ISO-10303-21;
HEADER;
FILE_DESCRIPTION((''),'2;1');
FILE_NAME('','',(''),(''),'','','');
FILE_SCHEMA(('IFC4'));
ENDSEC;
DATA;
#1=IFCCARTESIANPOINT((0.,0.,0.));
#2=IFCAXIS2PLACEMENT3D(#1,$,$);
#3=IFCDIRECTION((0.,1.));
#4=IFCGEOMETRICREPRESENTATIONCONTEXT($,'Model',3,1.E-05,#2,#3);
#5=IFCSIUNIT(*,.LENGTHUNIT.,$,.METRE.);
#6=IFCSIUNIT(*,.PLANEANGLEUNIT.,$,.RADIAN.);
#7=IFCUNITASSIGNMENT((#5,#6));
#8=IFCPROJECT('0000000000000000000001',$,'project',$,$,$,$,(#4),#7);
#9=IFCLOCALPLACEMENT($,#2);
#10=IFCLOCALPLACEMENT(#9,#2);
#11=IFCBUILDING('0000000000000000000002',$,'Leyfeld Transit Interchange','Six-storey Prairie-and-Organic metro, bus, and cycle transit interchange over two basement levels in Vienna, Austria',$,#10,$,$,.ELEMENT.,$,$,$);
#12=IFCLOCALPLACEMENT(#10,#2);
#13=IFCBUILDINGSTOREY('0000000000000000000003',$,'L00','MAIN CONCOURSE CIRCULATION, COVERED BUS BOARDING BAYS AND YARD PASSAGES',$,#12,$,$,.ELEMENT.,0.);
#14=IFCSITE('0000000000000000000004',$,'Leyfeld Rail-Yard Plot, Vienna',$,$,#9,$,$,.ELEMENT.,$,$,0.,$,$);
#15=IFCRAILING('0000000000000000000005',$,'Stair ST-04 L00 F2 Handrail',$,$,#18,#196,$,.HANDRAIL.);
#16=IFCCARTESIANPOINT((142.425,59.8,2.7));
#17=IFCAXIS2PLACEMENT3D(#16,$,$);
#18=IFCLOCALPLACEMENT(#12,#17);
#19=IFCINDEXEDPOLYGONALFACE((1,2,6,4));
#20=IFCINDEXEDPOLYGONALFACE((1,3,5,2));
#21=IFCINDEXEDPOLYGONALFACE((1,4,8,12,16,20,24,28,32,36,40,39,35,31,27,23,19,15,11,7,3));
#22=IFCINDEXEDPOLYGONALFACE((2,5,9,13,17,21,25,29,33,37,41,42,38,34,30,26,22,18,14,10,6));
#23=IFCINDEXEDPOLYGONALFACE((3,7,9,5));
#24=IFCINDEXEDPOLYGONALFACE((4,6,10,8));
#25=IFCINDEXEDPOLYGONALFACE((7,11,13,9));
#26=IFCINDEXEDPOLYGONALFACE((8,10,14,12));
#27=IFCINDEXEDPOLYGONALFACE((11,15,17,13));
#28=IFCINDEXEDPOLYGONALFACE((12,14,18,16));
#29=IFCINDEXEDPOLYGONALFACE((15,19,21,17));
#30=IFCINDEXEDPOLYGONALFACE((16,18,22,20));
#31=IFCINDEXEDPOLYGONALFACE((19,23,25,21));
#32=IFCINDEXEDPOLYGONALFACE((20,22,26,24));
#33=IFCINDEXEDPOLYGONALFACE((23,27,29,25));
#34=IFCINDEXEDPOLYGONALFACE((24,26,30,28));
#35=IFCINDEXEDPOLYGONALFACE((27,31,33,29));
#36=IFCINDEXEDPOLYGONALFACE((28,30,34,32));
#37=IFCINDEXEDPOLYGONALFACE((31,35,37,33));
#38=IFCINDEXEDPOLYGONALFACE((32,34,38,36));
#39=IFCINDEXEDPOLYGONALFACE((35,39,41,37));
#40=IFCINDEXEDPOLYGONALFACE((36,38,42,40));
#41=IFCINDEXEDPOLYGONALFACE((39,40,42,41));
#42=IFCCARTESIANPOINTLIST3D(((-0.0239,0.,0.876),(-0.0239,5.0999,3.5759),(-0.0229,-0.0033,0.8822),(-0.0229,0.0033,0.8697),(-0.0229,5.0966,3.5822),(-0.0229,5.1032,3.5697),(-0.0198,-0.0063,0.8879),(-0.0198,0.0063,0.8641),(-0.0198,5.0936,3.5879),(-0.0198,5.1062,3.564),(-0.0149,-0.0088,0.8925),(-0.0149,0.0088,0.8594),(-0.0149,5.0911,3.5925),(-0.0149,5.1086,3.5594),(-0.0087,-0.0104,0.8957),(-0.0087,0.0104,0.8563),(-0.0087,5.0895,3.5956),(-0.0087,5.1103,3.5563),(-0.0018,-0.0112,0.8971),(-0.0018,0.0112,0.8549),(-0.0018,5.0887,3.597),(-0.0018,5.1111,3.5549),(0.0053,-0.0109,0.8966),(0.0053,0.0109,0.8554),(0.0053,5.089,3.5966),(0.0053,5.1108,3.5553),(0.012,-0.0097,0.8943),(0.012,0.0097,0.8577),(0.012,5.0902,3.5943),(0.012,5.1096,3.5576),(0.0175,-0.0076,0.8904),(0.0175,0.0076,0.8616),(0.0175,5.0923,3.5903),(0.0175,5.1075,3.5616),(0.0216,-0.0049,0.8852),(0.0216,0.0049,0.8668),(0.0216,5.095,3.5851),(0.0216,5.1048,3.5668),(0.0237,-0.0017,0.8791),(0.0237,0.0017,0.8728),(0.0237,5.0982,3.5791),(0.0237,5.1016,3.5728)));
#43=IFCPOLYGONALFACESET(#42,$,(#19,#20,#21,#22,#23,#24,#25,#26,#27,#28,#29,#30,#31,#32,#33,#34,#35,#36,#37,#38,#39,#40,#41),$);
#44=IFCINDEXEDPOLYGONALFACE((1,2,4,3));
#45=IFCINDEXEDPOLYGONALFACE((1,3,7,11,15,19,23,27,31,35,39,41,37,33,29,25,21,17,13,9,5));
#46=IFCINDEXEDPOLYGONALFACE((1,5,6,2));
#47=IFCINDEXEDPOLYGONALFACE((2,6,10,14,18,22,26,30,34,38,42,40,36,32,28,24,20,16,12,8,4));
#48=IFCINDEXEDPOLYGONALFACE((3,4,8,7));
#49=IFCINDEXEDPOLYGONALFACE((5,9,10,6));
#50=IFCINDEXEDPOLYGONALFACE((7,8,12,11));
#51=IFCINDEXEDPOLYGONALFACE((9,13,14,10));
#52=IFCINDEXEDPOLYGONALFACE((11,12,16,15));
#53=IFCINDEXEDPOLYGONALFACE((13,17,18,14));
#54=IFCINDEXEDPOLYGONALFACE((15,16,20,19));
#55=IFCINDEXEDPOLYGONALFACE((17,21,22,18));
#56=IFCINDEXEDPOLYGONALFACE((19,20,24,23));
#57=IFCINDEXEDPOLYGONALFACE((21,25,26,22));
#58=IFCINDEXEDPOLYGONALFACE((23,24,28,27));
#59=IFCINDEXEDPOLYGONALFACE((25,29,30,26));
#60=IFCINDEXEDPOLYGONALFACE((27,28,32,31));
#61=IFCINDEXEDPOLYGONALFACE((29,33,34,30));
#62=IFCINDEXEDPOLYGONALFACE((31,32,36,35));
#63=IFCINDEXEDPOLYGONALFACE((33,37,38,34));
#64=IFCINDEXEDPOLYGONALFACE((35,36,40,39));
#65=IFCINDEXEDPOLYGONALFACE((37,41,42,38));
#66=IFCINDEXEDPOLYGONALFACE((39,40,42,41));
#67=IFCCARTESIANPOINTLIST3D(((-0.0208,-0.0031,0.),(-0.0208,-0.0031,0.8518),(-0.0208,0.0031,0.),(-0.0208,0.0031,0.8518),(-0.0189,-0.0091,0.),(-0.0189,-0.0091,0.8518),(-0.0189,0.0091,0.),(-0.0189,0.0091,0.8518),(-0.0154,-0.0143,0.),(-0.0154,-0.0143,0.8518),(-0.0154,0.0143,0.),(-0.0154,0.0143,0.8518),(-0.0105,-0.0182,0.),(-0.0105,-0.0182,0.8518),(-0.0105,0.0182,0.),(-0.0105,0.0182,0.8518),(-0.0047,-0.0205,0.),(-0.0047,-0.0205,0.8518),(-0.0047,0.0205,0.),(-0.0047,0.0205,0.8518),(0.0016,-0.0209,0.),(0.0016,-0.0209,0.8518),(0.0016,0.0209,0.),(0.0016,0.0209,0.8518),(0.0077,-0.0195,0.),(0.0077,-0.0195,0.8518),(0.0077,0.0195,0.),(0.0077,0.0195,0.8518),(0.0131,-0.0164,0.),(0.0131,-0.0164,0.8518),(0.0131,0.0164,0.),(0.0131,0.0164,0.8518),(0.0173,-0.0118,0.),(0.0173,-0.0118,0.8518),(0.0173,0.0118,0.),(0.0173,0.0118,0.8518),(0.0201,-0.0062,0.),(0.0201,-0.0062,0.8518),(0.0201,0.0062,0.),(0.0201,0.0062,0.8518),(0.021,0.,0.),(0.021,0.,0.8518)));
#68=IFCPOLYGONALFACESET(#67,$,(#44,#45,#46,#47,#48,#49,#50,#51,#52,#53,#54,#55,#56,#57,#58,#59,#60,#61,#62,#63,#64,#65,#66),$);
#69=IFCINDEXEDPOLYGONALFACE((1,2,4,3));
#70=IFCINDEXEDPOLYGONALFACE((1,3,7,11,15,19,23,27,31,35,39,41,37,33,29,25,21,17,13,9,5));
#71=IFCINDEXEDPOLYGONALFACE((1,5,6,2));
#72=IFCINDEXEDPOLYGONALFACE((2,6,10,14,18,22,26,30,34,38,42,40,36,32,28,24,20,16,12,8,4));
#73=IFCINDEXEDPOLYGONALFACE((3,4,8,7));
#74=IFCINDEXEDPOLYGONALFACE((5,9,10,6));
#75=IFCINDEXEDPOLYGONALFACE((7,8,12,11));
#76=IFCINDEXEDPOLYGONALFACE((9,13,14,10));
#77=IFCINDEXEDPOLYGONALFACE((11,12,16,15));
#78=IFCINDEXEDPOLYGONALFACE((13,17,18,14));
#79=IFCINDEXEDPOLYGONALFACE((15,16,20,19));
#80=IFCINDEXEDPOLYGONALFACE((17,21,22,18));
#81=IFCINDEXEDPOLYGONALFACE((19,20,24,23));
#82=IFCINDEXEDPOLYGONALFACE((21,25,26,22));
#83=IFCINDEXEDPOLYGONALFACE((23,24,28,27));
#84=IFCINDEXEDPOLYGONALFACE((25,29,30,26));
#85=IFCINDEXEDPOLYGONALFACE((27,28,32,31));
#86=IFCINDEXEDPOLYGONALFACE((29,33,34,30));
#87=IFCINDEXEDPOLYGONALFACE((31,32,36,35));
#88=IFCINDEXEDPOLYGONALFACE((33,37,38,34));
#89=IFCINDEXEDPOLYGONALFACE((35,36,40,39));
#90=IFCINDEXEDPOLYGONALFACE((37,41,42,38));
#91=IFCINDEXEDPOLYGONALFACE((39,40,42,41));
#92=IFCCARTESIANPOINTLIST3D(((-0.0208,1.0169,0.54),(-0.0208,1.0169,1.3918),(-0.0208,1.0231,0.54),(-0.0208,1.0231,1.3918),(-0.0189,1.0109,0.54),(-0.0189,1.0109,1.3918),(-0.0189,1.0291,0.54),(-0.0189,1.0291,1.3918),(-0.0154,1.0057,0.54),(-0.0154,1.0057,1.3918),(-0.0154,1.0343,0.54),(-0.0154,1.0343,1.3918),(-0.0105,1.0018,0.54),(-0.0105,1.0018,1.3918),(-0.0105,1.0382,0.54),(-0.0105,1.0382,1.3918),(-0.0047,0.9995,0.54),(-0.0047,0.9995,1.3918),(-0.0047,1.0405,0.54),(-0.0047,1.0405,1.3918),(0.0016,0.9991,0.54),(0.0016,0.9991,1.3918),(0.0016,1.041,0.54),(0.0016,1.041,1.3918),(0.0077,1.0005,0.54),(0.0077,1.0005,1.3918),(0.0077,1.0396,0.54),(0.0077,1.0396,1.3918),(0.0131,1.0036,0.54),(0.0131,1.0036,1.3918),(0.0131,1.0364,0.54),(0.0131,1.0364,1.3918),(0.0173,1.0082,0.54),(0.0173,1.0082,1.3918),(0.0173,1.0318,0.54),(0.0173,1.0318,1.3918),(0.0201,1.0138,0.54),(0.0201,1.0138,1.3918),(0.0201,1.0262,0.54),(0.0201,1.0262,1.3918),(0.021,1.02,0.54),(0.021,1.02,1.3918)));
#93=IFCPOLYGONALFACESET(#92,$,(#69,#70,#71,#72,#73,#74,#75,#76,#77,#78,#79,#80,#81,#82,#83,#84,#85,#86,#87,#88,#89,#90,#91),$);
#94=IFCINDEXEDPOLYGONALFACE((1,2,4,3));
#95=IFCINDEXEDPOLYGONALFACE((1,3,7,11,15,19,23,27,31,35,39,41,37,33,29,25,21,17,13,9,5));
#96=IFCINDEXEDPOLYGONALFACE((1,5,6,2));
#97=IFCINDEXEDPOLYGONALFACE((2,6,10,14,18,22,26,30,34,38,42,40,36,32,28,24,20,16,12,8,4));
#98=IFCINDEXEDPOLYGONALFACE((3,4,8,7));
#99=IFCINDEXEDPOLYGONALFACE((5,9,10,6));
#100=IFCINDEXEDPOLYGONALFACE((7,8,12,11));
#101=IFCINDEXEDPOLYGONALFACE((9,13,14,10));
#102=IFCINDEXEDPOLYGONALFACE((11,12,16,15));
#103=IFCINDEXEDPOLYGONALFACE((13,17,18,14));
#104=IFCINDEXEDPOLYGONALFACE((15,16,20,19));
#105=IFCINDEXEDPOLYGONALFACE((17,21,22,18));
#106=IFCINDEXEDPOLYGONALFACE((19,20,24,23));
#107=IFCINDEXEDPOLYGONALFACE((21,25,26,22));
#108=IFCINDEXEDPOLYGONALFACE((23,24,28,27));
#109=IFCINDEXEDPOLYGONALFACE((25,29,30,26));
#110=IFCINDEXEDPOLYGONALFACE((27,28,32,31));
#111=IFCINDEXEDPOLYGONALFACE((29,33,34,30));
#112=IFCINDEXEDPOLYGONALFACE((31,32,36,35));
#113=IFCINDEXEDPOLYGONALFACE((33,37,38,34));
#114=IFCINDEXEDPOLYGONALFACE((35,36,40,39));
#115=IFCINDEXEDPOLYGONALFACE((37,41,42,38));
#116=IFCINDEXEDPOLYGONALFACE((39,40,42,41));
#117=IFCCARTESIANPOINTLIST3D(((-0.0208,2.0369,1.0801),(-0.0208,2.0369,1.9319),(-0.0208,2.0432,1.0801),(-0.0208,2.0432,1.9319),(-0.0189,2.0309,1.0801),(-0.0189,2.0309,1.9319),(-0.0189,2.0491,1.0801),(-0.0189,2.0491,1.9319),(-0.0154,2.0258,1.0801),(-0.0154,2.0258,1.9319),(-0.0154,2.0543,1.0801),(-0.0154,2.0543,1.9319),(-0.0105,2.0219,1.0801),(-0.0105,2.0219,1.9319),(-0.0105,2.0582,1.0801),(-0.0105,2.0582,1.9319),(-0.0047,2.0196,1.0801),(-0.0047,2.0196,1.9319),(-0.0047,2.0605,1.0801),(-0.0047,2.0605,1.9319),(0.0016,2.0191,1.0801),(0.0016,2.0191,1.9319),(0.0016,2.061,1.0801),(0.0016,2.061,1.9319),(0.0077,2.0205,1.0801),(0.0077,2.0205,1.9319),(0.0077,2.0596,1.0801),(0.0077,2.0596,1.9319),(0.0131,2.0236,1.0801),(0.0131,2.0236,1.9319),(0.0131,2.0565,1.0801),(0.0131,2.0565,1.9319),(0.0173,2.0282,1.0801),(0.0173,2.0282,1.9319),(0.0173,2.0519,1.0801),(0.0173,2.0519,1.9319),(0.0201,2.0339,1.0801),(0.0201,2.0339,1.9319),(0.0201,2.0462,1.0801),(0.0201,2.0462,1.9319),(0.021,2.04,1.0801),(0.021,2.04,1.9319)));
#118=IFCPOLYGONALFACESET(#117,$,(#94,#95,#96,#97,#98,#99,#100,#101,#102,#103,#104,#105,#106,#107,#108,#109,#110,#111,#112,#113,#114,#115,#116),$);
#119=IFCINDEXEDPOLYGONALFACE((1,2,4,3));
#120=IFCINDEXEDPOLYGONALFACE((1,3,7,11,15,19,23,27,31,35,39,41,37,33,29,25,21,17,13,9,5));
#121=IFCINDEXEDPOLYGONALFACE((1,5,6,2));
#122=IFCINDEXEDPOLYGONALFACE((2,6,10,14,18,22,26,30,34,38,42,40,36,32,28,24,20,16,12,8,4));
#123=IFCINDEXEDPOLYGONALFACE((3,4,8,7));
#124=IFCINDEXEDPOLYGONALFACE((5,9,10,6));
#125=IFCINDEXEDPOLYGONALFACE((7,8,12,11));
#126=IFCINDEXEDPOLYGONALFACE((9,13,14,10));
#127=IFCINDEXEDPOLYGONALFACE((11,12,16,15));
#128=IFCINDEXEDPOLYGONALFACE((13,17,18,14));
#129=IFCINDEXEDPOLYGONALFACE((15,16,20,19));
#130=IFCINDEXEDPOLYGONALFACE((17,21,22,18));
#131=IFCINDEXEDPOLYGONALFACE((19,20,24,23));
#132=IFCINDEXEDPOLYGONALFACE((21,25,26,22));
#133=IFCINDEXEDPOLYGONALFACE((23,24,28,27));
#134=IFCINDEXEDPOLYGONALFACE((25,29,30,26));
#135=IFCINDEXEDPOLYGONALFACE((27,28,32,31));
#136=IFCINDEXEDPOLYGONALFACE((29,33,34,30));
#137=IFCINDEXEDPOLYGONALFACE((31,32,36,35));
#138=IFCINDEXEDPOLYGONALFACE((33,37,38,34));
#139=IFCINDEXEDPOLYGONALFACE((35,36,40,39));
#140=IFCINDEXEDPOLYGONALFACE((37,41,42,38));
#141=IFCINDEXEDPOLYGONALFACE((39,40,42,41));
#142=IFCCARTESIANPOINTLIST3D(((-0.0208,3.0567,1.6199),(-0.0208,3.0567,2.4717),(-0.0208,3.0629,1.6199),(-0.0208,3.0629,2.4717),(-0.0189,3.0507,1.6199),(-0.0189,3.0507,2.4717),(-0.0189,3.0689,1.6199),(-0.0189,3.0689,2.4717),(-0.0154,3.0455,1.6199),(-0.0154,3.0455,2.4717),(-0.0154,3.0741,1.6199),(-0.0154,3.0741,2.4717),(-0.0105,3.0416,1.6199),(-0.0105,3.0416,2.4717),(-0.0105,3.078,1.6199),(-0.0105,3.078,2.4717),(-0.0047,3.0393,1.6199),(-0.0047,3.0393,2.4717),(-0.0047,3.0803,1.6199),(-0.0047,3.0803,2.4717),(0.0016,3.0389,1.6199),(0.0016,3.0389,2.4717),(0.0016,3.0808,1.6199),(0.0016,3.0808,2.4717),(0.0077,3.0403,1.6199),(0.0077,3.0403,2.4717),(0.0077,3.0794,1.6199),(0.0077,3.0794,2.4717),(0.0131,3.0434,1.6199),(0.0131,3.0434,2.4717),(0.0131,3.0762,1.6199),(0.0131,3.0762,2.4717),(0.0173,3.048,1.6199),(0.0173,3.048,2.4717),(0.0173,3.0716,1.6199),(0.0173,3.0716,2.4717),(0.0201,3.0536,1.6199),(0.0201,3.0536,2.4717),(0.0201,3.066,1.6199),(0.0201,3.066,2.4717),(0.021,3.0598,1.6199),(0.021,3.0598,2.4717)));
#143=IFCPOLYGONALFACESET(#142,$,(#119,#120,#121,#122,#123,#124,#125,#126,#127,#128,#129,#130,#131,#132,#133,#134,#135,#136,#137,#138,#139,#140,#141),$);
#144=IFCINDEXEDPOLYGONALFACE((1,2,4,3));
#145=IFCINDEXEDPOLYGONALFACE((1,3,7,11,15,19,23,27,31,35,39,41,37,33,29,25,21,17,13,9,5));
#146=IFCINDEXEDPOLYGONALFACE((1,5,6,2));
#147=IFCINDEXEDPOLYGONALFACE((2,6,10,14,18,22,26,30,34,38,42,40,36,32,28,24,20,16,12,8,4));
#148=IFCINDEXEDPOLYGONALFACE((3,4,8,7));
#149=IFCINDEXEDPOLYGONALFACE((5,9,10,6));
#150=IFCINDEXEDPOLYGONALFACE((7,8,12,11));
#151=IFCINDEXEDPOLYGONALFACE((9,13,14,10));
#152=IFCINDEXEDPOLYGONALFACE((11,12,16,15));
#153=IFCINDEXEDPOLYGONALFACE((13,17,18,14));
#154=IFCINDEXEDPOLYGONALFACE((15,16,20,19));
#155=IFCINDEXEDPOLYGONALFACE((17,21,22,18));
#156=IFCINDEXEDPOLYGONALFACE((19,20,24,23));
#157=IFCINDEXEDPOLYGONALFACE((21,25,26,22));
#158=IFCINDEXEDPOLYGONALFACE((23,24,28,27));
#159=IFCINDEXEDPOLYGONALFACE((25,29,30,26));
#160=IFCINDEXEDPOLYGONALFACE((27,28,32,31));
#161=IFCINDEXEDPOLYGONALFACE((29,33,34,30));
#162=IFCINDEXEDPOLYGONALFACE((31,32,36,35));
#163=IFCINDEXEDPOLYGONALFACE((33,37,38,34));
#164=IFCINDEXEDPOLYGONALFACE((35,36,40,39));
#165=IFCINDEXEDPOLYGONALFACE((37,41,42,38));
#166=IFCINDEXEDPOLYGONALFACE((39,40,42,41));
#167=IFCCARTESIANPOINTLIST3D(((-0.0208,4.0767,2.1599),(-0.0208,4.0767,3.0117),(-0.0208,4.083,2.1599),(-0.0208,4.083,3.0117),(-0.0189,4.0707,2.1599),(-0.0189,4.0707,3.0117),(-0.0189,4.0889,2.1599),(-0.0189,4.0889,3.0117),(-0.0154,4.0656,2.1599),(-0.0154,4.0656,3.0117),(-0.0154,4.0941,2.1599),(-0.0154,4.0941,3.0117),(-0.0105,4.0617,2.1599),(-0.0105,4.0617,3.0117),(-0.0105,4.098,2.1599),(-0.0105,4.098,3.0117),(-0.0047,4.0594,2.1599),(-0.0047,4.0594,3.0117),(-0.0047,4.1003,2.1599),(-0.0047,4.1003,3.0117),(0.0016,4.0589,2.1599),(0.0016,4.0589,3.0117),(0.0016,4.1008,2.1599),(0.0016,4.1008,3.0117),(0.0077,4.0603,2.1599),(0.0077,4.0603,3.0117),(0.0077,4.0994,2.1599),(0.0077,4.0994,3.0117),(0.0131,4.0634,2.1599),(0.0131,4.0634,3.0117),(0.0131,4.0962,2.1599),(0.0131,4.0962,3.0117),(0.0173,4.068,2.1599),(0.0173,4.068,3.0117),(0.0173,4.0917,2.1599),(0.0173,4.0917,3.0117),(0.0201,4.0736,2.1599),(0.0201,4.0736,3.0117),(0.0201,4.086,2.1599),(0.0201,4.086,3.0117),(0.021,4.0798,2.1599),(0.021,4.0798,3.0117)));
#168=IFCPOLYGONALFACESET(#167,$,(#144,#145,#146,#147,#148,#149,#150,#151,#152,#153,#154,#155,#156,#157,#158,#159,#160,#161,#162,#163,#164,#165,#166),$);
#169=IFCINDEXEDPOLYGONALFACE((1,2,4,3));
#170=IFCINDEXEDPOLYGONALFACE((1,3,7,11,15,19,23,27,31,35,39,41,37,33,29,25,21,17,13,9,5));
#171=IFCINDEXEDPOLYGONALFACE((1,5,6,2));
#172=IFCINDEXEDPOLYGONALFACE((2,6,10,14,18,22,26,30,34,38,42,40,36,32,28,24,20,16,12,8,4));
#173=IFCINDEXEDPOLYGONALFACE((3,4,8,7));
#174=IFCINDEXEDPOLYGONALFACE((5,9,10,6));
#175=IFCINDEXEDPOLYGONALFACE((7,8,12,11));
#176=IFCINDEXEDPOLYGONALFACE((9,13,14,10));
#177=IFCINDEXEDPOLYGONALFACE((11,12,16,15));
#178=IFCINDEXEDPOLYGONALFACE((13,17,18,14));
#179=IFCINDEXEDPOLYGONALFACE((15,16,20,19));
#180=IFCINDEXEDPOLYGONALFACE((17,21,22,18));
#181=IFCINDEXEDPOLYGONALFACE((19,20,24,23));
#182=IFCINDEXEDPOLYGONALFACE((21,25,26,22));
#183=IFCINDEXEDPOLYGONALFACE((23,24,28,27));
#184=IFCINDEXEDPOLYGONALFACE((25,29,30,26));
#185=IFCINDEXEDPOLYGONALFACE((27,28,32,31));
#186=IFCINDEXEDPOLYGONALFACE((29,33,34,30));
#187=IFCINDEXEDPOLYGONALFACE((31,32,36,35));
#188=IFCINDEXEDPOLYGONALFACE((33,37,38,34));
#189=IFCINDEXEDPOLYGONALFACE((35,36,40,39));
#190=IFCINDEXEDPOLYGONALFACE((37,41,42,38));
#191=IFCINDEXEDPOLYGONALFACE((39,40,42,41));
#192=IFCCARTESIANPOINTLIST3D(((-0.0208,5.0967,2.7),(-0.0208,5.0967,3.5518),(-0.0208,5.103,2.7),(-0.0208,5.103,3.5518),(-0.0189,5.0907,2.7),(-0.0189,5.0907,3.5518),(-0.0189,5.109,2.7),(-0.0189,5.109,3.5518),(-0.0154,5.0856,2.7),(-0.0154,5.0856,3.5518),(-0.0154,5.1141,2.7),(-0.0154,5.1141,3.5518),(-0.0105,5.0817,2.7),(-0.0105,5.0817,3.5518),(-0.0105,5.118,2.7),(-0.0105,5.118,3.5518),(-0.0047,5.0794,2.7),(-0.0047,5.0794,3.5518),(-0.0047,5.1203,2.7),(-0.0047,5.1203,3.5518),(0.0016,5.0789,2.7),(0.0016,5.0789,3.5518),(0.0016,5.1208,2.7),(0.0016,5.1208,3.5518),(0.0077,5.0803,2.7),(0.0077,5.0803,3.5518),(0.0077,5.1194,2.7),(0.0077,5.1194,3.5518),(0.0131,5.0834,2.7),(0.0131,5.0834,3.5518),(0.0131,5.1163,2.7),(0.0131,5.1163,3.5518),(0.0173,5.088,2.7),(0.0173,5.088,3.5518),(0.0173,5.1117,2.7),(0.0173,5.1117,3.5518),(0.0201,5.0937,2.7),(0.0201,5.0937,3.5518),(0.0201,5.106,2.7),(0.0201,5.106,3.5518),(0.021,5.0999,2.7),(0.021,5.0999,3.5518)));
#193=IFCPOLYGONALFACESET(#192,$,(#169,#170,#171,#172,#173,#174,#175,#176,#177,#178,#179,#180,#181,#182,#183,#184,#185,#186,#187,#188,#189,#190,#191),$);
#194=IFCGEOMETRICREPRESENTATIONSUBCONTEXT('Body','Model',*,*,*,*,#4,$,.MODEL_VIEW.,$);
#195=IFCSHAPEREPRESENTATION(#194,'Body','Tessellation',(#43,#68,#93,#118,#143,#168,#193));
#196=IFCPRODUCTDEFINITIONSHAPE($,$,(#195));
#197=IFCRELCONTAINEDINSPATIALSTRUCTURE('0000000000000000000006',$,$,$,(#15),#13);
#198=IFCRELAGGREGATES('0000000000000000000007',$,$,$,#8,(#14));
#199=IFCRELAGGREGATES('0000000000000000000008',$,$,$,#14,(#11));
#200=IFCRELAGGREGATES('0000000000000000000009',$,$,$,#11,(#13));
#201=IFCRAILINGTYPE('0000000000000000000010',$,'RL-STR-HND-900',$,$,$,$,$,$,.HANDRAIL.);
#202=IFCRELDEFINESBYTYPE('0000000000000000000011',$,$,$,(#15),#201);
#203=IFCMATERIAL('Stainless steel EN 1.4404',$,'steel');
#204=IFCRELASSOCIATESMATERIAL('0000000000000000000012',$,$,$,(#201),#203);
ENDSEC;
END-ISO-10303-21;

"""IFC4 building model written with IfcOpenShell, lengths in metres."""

from ifc_helpers import new_model, si_unit, direction, frame, origin, origin_2d, place, context, subcontext, project, spatial, circle, extrude, material, type_object, element, save


model = new_model("IFC4")

# Units and contexts
model_context = context("Model", 3, precision=1e-05, world=origin(), true_north=direction((0.0, 1.0)))
body_context = subcontext(model_context, "Body", "Model", "MODEL_VIEW")
ifc_project = project(units=[si_unit("LENGTHUNIT", "METRE"), si_unit("PLANEANGLEUNIT", "RADIAN")], contexts=[model_context])

# Site, building, storey
site_placement = place(None, origin())
site = spatial("IfcSite", under=ifc_project, at=site_placement, Name="Leyfeld Rail-Yard Plot, Vienna", CompositionType="ELEMENT", RefElevation=0.0)
building_placement = place(site_placement, origin())
building = spatial("IfcBuilding", under=site, at=building_placement, Name="Leyfeld Transit Interchange", Description="Six-storey Prairie-and-Organic metro, bus, and cycle transit interchange over two basement levels in Vienna, Austria", CompositionType="ELEMENT")
storey_placement = place(building_placement, origin())
storey = spatial("IfcBuildingStorey", under=building, at=storey_placement, Name="L00", Description="MAIN CONCOURSE CIRCULATION, COVERED BUS BOARDING BAYS AND YARD PASSAGES", CompositionType="ELEMENT", Elevation=0.0)

# Railing
ifc_material_1 = material(Name="Stainless steel EN 1.4404", Category="steel")
railing_type_1 = type_object("IfcRailingType", Name="RL-STR-HND-900", PredefinedType="HANDRAIL", material=ifc_material_1)
railing_1_placement = place(storey_placement, frame((142.425, 59.8, 2.7)))
element("IfcRailing", 1, at=railing_1_placement, inside=storey, type_object=railing_type_1, Name="Stair ST-04 L00 F2 Handrail", PredefinedType="HANDRAIL", context=body_context, shape_type="SweptSolid", body=[
    extrude(circle(Radius=0.0239, at=origin_2d()), frame((0.0, 0.0, 0.876), z_axis=(0.0, 0.883786, 0.467892), x_axis=(-1.0, 0.0, 0.0)), (0.0, 0.0, 1.0), 5.7705),
    extrude(circle(Radius=0.021, at=origin_2d()), origin(), (0.0, 0.0, 1.0), 0.8518),
    extrude(circle(Radius=0.021, at=origin_2d()), frame((0.0, 1.02, 0.54)), (0.0, 0.0, 1.0), 0.8518),
    extrude(circle(Radius=0.021, at=origin_2d()), frame((0.0, 2.04, 1.0801)), (0.0, 0.0, 1.0), 0.8518),
    extrude(circle(Radius=0.021, at=origin_2d()), frame((0.0, 3.0598, 1.6199)), (0.0, 0.0, 1.0), 0.8518),
    extrude(circle(Radius=0.021, at=origin_2d()), frame((0.0, 4.0798, 2.1599)), (0.0, 0.0, 1.0), 0.8518),
    extrude(circle(Radius=0.021, at=origin_2d()), frame((0.0, 5.0999, 2.7)), (0.0, 0.0, 1.0), 0.8518),
])

save(model, "model.ifc")
